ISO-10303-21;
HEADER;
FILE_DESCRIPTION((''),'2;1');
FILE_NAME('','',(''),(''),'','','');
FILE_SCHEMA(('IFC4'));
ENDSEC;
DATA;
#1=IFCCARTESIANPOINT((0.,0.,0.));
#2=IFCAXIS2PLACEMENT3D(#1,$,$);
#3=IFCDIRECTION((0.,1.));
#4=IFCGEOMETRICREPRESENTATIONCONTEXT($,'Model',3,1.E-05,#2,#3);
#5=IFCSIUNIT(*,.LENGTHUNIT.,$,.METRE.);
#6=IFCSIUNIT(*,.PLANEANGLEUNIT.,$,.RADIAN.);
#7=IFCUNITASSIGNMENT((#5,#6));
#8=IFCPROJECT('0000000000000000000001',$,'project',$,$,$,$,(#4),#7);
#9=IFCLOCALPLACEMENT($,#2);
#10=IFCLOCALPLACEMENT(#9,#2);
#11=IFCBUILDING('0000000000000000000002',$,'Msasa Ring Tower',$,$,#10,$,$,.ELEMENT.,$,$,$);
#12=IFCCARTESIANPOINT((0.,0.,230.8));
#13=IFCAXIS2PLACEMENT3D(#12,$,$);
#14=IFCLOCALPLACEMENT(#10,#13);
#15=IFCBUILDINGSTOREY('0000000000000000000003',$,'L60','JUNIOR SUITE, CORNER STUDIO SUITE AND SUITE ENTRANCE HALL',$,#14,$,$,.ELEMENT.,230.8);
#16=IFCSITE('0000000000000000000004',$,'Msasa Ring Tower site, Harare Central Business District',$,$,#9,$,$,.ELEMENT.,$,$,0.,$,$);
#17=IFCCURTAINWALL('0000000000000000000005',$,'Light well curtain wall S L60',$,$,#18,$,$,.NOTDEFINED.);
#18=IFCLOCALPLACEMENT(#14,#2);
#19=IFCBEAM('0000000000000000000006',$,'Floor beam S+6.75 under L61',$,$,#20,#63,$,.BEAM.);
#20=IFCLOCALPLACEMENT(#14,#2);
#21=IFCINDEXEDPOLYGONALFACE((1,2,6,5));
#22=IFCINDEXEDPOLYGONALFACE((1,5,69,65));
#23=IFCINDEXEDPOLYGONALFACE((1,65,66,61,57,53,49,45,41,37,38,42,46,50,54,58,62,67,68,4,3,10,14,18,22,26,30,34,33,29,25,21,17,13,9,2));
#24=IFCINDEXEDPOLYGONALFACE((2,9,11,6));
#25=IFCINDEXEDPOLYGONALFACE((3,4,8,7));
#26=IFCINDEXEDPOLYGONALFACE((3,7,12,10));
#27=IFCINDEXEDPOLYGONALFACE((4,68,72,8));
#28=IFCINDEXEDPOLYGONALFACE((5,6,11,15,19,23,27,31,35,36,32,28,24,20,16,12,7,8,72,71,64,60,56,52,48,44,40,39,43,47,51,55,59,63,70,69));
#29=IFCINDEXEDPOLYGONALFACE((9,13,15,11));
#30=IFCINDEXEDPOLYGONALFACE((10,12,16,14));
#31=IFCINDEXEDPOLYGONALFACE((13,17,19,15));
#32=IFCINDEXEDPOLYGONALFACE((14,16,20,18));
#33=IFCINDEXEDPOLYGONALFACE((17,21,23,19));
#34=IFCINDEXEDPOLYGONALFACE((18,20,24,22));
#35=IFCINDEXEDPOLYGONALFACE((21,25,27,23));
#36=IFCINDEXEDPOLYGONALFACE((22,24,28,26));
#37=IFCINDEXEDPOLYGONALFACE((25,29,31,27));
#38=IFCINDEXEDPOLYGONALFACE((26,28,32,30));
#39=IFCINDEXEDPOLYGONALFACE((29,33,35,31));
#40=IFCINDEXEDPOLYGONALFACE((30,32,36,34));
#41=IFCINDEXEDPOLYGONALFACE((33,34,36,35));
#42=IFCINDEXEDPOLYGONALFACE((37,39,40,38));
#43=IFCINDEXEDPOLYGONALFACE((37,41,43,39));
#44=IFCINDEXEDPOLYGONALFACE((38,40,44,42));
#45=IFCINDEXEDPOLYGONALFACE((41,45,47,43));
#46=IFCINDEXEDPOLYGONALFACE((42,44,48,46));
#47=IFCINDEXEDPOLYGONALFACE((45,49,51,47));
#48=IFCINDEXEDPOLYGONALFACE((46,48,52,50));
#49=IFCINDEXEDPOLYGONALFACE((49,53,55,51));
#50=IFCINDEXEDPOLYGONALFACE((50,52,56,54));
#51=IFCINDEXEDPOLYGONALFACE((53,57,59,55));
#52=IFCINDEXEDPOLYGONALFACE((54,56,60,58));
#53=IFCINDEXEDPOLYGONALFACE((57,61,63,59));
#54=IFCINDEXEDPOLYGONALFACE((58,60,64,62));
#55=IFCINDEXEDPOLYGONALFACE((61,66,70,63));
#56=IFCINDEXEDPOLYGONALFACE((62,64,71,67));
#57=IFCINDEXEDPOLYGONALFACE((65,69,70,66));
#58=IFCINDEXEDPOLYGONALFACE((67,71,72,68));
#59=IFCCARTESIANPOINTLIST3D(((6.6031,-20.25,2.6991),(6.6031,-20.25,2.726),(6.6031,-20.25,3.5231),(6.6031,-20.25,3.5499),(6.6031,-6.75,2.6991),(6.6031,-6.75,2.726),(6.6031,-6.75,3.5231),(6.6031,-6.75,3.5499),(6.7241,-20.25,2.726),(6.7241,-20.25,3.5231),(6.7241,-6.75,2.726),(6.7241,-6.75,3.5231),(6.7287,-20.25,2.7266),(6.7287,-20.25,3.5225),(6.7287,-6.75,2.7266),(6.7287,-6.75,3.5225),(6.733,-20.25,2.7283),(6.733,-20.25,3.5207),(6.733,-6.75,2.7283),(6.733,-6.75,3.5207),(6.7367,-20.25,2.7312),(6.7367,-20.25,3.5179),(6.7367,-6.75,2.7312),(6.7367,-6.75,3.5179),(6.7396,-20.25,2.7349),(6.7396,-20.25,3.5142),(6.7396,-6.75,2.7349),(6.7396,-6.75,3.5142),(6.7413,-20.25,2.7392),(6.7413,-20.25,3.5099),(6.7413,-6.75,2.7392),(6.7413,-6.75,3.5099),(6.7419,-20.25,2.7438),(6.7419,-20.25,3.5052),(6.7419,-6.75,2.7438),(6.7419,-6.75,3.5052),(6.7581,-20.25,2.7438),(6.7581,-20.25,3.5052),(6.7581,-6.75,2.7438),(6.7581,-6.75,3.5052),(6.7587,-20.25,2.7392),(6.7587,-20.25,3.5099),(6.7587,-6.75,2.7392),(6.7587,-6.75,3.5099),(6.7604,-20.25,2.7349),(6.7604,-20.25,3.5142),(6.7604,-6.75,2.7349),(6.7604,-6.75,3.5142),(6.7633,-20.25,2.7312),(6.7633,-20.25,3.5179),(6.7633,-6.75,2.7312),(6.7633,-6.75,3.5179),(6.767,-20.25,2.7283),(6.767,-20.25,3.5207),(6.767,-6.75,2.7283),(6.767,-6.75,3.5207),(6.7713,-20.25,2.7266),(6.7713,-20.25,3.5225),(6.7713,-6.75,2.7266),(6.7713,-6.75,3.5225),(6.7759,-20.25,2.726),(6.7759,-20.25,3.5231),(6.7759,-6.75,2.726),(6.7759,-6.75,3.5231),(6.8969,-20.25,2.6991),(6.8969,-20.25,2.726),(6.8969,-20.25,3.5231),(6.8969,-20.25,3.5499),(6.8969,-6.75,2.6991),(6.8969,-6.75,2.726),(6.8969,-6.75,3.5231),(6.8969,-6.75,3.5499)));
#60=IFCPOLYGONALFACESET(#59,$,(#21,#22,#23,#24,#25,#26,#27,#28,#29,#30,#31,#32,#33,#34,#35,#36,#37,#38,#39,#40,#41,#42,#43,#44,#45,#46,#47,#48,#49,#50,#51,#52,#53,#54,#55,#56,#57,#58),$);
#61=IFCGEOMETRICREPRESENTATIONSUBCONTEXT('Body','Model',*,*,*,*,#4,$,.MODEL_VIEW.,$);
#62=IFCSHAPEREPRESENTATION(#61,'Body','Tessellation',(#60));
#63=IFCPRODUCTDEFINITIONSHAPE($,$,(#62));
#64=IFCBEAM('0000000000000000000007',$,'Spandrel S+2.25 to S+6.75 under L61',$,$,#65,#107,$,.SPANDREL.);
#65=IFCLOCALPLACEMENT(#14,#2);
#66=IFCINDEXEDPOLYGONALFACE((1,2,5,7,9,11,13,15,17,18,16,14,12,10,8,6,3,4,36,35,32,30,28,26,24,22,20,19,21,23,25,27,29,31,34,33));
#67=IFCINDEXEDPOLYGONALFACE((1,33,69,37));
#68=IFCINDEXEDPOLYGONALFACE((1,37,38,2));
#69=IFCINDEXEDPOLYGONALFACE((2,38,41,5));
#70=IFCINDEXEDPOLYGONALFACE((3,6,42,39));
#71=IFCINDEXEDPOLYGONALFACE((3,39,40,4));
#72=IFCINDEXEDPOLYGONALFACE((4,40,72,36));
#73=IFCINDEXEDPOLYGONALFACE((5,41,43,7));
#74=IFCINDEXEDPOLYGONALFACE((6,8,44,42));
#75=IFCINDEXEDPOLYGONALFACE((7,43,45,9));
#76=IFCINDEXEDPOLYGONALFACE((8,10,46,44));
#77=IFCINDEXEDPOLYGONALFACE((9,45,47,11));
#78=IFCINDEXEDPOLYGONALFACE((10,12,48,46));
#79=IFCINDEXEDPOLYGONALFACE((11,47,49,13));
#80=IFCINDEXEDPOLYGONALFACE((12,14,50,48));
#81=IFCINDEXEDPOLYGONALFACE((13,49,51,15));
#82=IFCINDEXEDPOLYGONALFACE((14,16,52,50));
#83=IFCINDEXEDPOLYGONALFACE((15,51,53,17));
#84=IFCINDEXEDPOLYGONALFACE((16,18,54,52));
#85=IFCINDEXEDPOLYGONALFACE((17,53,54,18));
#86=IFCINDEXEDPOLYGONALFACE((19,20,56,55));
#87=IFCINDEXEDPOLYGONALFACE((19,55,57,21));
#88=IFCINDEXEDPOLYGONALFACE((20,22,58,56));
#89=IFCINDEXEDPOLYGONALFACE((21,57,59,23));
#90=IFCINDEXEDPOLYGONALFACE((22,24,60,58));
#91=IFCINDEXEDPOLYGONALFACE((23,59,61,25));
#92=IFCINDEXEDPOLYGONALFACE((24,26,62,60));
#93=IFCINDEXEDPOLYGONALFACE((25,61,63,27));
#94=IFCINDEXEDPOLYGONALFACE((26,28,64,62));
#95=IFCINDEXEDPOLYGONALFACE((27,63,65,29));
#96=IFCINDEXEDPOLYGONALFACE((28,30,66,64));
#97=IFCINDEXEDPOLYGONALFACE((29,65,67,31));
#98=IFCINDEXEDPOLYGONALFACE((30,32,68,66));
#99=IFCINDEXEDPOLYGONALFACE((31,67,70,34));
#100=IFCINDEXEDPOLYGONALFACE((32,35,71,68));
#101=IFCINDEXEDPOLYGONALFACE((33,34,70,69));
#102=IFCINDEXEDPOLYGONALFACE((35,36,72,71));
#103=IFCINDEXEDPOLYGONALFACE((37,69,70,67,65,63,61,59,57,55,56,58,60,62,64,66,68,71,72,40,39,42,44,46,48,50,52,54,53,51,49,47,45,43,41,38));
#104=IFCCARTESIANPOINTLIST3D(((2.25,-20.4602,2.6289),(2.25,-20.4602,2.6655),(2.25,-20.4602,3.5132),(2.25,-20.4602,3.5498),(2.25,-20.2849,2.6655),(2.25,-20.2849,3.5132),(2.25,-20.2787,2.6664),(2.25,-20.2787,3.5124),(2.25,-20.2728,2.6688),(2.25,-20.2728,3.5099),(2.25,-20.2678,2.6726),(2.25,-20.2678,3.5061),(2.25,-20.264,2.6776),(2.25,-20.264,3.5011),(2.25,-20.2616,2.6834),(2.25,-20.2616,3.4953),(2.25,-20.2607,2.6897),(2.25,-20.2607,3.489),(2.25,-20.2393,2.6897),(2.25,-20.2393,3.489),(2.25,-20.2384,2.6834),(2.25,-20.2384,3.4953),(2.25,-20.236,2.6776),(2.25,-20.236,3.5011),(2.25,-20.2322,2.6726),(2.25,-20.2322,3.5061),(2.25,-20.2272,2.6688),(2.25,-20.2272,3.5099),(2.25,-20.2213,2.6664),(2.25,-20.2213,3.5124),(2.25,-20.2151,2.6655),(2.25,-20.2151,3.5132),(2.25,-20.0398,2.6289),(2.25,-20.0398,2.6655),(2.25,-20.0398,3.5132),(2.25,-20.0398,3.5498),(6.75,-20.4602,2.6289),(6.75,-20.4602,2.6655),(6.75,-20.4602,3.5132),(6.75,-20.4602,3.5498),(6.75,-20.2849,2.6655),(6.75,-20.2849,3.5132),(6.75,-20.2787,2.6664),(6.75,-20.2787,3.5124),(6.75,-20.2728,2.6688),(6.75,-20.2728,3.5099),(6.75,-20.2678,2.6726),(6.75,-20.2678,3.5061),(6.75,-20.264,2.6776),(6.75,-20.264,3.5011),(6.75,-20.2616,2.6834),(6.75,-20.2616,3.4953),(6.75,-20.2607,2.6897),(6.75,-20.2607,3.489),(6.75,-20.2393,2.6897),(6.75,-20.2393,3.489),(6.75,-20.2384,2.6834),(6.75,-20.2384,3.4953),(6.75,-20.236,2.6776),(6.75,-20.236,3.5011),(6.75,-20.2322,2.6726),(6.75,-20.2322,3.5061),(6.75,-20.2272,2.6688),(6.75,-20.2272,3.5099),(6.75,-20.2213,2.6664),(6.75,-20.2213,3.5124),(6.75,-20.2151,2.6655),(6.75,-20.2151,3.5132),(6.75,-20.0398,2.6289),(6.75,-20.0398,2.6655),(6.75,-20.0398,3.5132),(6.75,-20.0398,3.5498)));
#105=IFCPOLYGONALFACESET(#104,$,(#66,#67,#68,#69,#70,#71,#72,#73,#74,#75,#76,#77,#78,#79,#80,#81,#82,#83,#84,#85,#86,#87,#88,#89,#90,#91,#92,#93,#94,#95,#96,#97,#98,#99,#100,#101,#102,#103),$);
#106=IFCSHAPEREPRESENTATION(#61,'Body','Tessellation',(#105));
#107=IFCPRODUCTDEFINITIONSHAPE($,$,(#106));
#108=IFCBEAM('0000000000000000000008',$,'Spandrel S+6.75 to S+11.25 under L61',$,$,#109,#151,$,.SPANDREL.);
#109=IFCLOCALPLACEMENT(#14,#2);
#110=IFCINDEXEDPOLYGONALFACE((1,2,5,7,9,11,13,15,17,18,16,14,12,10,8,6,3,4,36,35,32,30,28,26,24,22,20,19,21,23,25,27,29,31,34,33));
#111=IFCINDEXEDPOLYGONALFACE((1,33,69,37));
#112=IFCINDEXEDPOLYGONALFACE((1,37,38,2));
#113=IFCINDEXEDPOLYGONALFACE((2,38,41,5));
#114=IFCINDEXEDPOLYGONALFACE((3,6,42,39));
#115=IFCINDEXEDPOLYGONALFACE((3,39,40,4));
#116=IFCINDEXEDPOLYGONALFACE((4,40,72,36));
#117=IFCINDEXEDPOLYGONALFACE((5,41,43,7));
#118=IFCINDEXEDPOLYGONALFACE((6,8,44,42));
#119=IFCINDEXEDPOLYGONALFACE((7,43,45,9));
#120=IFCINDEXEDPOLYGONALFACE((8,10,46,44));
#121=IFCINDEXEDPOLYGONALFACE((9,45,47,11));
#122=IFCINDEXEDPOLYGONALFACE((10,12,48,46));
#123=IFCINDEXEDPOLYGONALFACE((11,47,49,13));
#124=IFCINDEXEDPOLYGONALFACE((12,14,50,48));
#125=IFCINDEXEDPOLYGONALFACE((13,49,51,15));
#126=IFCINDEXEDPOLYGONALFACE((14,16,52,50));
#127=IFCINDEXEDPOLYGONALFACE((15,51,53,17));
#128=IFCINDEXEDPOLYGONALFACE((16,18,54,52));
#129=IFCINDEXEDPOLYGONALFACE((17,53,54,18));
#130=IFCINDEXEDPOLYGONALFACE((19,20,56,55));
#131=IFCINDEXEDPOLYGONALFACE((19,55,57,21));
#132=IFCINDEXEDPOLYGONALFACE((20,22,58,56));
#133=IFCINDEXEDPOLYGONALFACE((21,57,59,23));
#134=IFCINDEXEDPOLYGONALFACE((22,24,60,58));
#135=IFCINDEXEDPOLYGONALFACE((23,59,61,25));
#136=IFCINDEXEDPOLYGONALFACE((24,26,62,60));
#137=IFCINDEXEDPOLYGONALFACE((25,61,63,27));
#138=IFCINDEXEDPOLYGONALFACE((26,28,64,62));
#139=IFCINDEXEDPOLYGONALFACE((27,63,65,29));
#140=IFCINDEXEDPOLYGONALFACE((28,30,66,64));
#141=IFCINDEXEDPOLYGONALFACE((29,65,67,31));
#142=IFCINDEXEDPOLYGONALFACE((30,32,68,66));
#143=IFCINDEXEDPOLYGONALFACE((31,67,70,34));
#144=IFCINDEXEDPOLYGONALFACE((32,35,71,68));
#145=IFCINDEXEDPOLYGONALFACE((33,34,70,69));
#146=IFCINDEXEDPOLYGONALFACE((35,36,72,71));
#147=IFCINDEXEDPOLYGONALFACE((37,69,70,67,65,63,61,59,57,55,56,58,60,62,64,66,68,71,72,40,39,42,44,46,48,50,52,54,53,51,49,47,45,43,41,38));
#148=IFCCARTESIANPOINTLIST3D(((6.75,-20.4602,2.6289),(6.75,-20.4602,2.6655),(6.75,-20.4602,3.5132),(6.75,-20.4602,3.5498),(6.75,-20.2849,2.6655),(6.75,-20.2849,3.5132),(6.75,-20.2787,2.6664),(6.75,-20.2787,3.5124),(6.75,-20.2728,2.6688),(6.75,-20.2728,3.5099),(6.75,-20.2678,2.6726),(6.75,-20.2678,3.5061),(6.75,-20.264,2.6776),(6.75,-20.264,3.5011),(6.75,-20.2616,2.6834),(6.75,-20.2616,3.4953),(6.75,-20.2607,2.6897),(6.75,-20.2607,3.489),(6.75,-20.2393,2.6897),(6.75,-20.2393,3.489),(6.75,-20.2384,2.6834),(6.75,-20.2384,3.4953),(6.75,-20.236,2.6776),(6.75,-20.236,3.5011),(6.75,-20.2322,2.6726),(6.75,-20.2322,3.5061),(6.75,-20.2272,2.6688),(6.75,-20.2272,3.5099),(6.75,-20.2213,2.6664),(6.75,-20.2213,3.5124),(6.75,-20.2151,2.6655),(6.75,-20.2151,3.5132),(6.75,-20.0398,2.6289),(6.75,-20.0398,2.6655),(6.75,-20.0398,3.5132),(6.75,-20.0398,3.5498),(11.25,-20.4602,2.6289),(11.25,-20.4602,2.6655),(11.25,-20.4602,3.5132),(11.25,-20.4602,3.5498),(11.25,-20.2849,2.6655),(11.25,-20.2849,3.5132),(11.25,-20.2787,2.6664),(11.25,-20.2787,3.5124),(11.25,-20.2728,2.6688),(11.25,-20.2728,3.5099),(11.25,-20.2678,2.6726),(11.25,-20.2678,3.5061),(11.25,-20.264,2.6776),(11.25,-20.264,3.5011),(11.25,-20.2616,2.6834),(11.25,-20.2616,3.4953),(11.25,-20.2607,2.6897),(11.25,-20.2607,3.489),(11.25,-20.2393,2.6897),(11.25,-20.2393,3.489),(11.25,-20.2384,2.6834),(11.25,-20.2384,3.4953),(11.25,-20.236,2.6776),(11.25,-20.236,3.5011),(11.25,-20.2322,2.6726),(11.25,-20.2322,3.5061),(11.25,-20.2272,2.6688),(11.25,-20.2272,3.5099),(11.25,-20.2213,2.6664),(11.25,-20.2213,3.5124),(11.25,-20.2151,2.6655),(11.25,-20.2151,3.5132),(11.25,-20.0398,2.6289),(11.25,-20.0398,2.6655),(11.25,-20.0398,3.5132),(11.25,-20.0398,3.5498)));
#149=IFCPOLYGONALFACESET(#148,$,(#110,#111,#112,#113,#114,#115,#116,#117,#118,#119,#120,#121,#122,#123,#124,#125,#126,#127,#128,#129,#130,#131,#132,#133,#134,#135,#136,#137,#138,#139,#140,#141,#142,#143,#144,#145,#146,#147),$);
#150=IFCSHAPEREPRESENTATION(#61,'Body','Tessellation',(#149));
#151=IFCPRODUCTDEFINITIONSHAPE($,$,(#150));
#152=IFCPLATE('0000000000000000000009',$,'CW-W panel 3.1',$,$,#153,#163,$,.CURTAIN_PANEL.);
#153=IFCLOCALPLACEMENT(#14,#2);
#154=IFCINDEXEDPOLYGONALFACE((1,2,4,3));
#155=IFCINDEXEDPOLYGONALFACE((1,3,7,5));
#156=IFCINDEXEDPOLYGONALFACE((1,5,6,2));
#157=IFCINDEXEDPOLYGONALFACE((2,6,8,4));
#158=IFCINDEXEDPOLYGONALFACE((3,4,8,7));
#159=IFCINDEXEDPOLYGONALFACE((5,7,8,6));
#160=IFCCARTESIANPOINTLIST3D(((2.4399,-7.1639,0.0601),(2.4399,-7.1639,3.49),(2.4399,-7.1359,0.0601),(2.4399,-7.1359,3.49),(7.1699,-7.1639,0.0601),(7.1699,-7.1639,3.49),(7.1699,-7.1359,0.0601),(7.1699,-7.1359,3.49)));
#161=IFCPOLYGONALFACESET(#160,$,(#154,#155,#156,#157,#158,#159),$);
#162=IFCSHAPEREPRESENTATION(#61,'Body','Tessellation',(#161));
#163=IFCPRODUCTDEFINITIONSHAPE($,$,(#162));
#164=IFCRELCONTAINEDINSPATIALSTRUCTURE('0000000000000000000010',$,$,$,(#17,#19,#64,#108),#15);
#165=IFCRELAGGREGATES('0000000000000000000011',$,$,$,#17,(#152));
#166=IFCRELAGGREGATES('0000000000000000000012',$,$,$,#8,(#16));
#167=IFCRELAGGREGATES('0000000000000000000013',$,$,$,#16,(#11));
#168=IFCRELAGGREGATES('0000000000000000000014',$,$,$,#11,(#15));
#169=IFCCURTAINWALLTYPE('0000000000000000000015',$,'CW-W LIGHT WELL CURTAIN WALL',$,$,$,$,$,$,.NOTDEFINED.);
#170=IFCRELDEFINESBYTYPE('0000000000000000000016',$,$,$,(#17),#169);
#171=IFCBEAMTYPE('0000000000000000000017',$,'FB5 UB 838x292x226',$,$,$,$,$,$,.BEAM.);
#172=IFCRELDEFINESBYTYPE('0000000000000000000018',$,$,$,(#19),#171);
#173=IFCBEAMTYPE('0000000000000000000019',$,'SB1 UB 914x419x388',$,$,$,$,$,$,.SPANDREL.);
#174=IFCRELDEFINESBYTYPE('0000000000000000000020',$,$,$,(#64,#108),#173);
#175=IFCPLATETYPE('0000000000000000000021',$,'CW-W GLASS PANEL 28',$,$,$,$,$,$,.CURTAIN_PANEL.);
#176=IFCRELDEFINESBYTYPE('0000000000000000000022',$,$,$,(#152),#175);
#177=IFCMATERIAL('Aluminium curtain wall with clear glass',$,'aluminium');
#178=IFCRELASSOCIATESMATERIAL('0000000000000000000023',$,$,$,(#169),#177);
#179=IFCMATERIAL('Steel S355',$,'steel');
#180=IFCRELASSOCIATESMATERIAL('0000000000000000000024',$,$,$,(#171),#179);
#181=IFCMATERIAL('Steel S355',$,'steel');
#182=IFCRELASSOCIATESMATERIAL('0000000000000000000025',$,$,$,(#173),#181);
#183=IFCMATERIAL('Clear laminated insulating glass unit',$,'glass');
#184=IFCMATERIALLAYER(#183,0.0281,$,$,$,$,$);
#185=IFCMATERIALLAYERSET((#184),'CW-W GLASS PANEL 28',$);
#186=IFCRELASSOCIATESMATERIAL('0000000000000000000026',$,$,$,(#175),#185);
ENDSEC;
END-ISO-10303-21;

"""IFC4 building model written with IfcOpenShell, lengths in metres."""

from ifc_helpers import new_model, si_unit, direction, frame, origin, origin_2d, place, context, subcontext, project, spatial, rectangle, i_section, extrude, material, layer, layer_set, material_profile, profile_set, type_object, element, aggregate, save


model = new_model("IFC4")

# Units and contexts
model_context = context("Model", 3, precision=1e-05, world=origin(), true_north=direction((0.0, 1.0)))
body_context = subcontext(model_context, "Body", "Model", "MODEL_VIEW")
ifc_project = project(units=[si_unit("LENGTHUNIT", "METRE"), si_unit("PLANEANGLEUNIT", "RADIAN")], contexts=[model_context])

# Site, building, storey
site_placement = place(None, origin())
site = spatial("IfcSite", under=ifc_project, at=site_placement, Name="Msasa Ring Tower site, Harare Central Business District", CompositionType="ELEMENT", RefElevation=0.0)
building_placement = place(site_placement, origin())
building = spatial("IfcBuilding", under=site, at=building_placement, Name="Msasa Ring Tower", CompositionType="ELEMENT")
storey_placement = place(building_placement, frame((0.0, 0.0, 230.8)))
storey = spatial("IfcBuildingStorey", under=building, at=storey_placement, Name="L60", Description="JUNIOR SUITE, CORNER STUDIO SUITE AND SUITE ENTRANCE HALL", CompositionType="ELEMENT", Elevation=230.8)

# Curtain wall
ifc_material_1 = material(Name="Aluminium curtain wall with clear glass", Category="aluminium")
curtain_wall_type = type_object("IfcCurtainWallType", Name="CW-W LIGHT WELL CURTAIN WALL", PredefinedType="NOTDEFINED", material=ifc_material_1)
curtain_wall_1_placement = place(storey_placement, origin())
curtain_wall_1 = element("IfcCurtainWall", 1, at=curtain_wall_1_placement, inside=storey, type_object=curtain_wall_type, Name="Light well curtain wall S L60", PredefinedType="NOTDEFINED")

# Beams
ifc_material_2 = material(Name="Steel S355", Category="steel")
ifc_material_profile_1 = material_profile(ifc_material_2, i_section(OverallWidth=0.2937, OverallDepth=0.8508, WebThickness=0.0161, FlangeThickness=0.0269, FilletRadius=0.0178, at=origin_2d()), Name="UB 838x292x226")
ifc_profile_set_1 = profile_set([ifc_material_profile_1], Name="Steel S355")
beam_type_1 = type_object("IfcBeamType", Name="FB5 UB 838x292x226", PredefinedType="BEAM", material=ifc_profile_set_1)
for number, where, z_axis, x_axis, name in (
    (2, (6.75, -20.25, 3.1245), (0.0, 1.0, 0.0), (-1.0, 0.0, 0.0), "Floor beam S+6.75 under L61"),
):
    element("IfcBeam", number, at=place(storey_placement, frame(where, z_axis=z_axis, x_axis=x_axis)), inside=storey, type_object=beam_type_1, Name=name, PredefinedType="BEAM", context=body_context, shape_type="SweptSolid", body=[
        extrude(i_section(OverallWidth=0.2937, OverallDepth=0.8508, WebThickness=0.0161, FlangeThickness=0.0269, FilletRadius=0.0178, at=origin_2d()), origin(), (0.0, 0.0, 1.0), 13.5),
    ])
ifc_material_3 = material(Name="Steel S355", Category="steel")
ifc_material_profile_2 = material_profile(ifc_material_3, i_section(OverallWidth=0.4204, OverallDepth=0.9209, WebThickness=0.0215, FlangeThickness=0.0366, FilletRadius=0.0242, at=origin_2d()), Name="UB 914x419x388")
ifc_profile_set_2 = profile_set([ifc_material_profile_2], Name="Steel S355")
beam_type_2 = type_object("IfcBeamType", Name="SB1 UB 914x419x388", PredefinedType="SPANDREL", material=ifc_profile_set_2)
for number, where, z_axis, x_axis, name in (
    (3, (2.25, -20.25, 3.0894), (1.0, 0.0, 0.0), (0.0, 1.0, 0.0), "Spandrel S+2.25 to S+6.75 under L61"),
    (4, (6.75, -20.25, 3.0894), (1.0, 0.0, 0.0), (0.0, 1.0, 0.0), "Spandrel S+6.75 to S+11.25 under L61"),
):
    element("IfcBeam", number, at=place(storey_placement, frame(where, z_axis=z_axis, x_axis=x_axis)), inside=storey, type_object=beam_type_2, Name=name, PredefinedType="SPANDREL", context=body_context, shape_type="SweptSolid", body=[
        extrude(i_section(OverallWidth=0.4204, OverallDepth=0.9209, WebThickness=0.0215, FlangeThickness=0.0366, FilletRadius=0.0242, at=origin_2d()), origin(), (0.0, 0.0, 1.0), 4.5),
    ])

# Plate
ifc_material_4 = material(Name="Clear laminated insulating glass unit", Category="glass")
ifc_layer_1 = layer(ifc_material_4, 0.0281)
ifc_layer_set_1 = layer_set([ifc_layer_1], Name="CW-W GLASS PANEL 28")
plate_type = type_object("IfcPlateType", Name="CW-W GLASS PANEL 28", PredefinedType="CURTAIN_PANEL", material=ifc_layer_set_1)
plate_placement = place(storey_placement, frame((4.8049, -7.1499, 0.0601), z_axis=(0.0, 0.0, 1.0), x_axis=(1.0, 0.0, 0.0)))
plate = element("IfcPlate", 5, at=plate_placement, type_object=plate_type, Name="CW-W panel 3.1", PredefinedType="CURTAIN_PANEL", context=body_context, shape_type="SweptSolid", body=[
    extrude(rectangle(XDim=4.73, YDim=0.0281, at=origin_2d()), origin(), (0.0, 0.0, 1.0), 3.4299),
])
aggregate(curtain_wall_1, [plate])

save(model, "model.ifc")
